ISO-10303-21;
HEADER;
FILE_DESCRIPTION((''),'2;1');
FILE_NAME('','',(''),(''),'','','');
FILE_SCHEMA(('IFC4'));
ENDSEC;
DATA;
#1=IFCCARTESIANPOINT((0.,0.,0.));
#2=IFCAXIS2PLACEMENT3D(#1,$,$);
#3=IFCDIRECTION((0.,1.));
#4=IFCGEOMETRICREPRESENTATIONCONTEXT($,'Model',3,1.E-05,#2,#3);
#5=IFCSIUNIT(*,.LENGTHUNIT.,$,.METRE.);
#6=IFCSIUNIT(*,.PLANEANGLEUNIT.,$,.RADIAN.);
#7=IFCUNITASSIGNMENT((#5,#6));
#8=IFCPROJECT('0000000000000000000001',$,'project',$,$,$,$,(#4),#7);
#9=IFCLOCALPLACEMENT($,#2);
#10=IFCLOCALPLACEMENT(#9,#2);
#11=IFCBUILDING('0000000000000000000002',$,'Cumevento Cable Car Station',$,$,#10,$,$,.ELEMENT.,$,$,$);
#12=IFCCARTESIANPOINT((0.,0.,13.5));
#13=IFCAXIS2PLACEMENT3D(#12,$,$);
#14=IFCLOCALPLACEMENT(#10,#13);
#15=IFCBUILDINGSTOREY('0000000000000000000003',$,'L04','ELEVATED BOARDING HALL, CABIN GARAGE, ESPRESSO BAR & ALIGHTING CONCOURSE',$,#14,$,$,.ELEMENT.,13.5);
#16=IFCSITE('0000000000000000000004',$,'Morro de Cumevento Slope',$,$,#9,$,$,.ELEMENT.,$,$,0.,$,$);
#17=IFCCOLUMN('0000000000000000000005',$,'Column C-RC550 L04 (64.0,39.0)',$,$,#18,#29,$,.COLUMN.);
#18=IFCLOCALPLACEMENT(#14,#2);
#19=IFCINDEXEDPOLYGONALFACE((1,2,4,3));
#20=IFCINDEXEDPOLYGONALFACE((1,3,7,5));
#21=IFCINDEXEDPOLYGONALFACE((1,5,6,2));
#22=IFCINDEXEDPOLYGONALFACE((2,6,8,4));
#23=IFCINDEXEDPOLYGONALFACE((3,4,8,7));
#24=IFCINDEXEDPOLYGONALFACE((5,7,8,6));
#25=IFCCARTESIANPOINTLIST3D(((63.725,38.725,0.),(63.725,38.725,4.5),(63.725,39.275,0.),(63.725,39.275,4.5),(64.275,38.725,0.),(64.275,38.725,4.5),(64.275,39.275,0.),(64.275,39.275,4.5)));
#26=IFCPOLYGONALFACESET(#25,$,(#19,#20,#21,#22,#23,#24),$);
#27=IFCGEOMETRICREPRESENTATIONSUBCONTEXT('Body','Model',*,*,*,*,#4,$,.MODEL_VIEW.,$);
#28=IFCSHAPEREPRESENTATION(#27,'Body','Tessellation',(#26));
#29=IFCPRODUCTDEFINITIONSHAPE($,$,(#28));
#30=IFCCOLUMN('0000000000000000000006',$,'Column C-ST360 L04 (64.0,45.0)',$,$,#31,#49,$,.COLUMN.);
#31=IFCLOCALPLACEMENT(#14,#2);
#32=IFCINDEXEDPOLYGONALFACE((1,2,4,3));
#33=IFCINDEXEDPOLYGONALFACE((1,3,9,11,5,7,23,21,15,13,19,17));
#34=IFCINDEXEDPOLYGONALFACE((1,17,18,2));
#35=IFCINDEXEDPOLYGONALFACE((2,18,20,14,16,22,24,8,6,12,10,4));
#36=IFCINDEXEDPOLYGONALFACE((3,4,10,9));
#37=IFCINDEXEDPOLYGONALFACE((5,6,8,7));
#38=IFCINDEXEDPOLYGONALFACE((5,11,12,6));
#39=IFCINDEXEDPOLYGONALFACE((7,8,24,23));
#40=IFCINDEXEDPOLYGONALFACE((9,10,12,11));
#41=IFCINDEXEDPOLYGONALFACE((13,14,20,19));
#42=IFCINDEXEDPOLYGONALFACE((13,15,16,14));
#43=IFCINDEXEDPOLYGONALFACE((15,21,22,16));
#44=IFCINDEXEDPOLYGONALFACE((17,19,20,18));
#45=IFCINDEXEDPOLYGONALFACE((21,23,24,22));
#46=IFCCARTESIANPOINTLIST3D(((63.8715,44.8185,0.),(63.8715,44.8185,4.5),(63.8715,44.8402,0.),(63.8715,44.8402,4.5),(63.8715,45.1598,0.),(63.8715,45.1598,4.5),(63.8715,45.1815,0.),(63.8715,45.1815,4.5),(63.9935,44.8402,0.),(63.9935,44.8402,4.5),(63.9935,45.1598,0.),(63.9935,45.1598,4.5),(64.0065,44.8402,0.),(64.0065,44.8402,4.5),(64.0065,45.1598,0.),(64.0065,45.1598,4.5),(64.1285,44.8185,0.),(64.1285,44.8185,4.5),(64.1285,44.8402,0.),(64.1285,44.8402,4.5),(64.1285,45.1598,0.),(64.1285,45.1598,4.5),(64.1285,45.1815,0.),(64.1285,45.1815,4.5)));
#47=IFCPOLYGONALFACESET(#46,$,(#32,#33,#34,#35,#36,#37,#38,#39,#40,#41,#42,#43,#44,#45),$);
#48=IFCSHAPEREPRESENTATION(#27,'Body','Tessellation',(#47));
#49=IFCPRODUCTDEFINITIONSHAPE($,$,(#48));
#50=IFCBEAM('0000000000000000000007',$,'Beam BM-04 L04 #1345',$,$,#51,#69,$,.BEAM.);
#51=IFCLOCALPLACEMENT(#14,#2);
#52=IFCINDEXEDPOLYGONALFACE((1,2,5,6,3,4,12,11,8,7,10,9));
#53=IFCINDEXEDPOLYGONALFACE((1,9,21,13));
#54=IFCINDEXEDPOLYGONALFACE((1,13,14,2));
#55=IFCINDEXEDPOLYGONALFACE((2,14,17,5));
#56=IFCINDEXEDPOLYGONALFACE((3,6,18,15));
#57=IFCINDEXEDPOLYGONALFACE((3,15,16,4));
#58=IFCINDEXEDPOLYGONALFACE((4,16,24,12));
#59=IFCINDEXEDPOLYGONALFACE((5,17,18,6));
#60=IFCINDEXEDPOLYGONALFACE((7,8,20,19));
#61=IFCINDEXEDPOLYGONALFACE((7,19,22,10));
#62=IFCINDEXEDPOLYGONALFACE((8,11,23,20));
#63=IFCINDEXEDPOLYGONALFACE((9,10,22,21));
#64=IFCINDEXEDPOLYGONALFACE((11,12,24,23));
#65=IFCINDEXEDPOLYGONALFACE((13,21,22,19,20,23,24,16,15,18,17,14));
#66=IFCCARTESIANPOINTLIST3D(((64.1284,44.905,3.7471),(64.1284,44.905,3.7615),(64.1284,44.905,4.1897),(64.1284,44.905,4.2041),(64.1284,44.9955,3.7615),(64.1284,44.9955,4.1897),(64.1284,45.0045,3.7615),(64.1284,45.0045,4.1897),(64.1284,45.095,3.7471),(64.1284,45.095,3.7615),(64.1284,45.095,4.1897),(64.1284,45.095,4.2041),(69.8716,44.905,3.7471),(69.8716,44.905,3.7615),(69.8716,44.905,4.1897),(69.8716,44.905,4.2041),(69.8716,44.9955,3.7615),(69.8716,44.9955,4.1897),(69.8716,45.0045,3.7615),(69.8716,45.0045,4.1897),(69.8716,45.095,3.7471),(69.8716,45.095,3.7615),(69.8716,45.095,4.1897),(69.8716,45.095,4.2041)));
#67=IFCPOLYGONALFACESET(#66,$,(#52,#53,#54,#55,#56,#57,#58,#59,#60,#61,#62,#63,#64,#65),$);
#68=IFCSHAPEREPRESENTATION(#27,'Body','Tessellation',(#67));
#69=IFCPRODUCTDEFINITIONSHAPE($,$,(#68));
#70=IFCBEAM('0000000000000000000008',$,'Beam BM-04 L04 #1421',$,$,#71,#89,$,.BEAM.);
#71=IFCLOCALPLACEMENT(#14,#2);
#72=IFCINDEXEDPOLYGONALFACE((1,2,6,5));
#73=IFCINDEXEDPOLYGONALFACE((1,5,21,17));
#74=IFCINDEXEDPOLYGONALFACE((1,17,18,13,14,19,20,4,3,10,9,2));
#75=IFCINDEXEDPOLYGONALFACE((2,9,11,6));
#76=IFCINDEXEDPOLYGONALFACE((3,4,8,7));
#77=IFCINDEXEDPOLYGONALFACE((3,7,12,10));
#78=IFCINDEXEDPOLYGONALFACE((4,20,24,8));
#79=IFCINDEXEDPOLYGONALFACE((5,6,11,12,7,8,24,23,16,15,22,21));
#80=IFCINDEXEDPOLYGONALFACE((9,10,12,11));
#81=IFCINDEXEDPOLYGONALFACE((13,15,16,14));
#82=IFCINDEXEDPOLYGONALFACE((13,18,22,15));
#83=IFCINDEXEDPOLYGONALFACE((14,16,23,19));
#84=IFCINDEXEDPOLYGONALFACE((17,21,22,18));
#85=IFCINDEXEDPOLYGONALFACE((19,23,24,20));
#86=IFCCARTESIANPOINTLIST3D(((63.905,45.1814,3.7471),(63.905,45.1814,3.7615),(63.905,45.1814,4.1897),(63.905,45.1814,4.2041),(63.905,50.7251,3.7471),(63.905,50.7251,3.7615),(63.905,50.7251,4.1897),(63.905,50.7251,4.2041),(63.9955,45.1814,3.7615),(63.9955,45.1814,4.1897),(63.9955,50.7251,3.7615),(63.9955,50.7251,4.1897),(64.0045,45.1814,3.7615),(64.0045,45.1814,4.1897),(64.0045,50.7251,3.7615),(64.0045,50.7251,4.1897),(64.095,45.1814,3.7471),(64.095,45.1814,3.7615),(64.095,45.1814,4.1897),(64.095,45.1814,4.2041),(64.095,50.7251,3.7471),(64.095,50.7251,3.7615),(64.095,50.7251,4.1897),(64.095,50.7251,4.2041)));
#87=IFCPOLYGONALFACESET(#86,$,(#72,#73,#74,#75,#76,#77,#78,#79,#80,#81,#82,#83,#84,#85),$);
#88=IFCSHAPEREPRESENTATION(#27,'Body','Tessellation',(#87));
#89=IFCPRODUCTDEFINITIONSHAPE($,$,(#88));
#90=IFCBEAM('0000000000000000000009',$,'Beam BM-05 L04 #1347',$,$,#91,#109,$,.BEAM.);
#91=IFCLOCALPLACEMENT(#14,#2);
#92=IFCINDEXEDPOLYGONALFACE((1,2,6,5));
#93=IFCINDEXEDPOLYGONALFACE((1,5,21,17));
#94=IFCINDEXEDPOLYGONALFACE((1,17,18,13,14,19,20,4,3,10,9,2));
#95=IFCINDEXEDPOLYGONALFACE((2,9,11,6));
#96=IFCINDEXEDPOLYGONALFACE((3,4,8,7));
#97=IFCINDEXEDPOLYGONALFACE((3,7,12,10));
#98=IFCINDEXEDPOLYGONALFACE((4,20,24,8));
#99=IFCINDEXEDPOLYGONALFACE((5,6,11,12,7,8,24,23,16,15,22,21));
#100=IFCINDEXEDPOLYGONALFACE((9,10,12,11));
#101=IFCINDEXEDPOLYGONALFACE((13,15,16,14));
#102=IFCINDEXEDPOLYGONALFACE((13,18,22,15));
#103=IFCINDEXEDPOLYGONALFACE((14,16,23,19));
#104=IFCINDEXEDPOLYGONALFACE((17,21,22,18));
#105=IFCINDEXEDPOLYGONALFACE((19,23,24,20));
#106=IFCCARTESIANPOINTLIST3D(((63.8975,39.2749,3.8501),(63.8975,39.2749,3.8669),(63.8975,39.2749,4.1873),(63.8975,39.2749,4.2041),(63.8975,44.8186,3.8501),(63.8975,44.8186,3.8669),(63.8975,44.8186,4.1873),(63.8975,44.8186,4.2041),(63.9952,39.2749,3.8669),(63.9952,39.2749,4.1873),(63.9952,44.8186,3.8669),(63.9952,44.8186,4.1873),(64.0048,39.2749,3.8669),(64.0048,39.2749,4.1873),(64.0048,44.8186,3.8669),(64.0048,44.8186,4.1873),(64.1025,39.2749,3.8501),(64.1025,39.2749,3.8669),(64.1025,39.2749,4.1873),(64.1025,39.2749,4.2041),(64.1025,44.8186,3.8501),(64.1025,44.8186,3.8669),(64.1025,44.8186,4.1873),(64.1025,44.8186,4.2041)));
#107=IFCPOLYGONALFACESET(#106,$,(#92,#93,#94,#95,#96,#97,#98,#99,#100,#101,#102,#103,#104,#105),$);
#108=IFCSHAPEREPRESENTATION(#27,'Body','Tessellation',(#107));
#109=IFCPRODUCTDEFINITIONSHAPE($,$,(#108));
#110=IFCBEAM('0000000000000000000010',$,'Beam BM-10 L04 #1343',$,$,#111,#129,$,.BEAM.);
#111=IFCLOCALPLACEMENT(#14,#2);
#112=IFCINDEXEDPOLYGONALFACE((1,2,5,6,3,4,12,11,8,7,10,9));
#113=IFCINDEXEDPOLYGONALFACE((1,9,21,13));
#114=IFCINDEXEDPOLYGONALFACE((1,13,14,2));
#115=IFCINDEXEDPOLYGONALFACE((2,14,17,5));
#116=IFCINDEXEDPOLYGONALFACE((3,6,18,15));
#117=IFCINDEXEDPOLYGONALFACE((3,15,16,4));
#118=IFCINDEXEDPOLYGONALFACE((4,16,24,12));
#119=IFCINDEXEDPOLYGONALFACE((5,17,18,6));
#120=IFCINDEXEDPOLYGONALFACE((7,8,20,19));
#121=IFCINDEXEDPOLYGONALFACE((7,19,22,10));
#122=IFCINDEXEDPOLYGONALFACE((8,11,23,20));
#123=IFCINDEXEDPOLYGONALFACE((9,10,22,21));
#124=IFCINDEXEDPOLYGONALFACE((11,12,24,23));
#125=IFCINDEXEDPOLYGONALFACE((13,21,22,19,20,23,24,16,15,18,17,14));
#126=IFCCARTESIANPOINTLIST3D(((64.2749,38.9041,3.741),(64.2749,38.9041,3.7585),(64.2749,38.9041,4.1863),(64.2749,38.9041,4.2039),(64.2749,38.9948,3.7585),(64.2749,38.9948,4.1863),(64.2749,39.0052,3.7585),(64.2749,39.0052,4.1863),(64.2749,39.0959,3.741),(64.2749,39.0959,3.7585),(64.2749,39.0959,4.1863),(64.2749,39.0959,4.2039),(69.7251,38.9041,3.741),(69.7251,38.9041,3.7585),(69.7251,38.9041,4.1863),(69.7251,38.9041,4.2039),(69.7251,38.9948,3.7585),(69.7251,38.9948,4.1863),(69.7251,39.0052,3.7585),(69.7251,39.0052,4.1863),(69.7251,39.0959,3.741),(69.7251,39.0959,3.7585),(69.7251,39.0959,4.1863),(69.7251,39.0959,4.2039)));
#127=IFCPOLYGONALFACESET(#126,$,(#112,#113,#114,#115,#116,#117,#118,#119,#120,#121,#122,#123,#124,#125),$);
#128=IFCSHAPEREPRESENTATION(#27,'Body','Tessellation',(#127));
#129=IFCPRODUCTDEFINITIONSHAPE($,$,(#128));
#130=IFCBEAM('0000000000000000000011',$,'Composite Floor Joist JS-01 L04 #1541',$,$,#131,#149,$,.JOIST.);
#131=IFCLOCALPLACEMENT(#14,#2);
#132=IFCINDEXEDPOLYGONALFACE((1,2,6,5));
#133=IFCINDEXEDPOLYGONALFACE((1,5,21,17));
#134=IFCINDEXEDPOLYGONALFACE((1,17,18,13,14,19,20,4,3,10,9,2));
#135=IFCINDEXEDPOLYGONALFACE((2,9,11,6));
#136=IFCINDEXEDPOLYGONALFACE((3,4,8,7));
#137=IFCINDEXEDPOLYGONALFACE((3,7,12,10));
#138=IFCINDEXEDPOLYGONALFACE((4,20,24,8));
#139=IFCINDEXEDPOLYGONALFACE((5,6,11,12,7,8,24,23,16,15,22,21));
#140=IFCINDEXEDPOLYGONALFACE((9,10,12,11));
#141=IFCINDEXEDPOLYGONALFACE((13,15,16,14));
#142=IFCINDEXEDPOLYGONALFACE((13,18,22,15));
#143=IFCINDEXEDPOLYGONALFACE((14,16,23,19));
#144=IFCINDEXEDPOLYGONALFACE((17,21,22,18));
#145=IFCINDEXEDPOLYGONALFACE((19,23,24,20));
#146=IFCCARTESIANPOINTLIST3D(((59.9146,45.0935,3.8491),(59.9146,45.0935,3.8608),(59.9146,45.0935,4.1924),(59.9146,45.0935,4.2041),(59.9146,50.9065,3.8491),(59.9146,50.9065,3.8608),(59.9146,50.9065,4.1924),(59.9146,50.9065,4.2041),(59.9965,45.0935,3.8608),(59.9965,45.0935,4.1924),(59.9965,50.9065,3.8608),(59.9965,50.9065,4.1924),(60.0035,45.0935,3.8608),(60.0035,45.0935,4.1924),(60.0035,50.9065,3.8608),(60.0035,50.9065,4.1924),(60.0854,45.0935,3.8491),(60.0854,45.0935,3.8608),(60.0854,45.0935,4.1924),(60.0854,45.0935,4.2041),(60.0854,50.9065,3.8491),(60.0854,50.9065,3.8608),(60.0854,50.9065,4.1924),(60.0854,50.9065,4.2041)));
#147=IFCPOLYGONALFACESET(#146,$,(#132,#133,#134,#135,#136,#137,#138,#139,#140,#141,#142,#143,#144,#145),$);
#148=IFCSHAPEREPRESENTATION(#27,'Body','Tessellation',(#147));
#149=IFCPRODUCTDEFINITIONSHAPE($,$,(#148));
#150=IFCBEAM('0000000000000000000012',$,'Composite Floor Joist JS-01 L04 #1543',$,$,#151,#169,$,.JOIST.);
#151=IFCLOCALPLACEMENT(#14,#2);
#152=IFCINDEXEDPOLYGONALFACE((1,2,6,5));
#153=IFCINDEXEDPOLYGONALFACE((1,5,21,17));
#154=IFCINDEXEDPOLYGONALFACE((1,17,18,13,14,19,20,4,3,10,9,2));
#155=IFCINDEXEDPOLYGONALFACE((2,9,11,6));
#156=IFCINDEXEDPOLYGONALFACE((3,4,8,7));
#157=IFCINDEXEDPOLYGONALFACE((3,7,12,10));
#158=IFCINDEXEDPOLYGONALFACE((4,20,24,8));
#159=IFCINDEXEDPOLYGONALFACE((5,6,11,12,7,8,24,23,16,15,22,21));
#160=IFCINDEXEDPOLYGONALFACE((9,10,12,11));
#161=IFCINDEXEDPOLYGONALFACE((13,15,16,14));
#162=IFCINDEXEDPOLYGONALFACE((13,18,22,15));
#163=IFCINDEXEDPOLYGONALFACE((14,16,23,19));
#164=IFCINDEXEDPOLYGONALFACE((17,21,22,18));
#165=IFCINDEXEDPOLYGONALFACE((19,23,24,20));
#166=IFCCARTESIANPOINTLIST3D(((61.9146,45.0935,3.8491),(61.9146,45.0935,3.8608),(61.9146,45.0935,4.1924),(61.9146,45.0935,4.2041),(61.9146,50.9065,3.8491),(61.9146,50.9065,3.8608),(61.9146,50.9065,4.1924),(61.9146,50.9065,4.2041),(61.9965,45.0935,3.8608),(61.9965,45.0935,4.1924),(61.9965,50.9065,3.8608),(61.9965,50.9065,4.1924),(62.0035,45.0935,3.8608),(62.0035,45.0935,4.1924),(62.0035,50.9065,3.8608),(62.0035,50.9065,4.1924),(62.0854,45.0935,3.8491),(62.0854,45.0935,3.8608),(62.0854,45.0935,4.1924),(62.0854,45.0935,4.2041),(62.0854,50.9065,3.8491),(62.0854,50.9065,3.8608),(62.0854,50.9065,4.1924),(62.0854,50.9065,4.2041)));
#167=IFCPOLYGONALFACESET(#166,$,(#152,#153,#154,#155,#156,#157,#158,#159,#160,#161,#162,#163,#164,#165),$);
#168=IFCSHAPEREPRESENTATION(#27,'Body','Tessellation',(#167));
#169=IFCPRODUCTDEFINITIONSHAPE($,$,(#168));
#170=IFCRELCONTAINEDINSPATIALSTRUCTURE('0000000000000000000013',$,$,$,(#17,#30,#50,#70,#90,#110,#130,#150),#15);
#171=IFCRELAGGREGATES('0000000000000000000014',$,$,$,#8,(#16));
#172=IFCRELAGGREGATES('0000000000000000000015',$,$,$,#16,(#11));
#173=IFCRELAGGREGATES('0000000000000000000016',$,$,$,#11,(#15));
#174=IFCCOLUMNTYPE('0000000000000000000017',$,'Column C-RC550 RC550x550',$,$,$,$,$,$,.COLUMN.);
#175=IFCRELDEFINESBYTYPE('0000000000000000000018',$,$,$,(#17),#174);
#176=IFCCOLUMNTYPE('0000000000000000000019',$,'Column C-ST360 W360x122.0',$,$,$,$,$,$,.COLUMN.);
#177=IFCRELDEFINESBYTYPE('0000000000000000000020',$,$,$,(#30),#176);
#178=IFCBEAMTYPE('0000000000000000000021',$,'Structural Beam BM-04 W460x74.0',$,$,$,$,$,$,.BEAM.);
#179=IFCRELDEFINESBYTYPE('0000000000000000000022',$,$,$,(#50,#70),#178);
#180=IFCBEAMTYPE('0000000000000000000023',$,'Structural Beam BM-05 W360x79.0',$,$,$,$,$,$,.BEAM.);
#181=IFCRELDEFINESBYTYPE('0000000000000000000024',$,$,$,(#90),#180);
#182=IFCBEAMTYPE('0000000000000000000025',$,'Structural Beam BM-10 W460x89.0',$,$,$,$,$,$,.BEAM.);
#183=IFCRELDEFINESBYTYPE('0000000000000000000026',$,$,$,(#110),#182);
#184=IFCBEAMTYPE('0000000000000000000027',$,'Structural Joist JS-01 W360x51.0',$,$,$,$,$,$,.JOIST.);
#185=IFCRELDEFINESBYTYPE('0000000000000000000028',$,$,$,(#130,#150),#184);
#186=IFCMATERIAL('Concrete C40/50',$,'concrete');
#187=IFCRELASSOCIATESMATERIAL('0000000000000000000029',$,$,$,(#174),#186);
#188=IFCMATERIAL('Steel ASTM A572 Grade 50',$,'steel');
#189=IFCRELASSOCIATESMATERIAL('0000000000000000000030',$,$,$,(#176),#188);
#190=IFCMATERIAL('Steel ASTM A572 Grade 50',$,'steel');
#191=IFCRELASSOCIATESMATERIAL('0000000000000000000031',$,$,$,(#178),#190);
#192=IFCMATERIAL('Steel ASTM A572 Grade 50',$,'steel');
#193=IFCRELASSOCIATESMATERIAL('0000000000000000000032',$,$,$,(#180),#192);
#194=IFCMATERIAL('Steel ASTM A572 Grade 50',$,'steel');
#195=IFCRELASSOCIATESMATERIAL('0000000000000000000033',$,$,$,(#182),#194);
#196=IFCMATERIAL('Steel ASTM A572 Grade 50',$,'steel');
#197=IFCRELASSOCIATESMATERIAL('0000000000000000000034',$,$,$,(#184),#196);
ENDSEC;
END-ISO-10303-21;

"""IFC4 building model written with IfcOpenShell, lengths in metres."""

from ifc_helpers import new_model, si_unit, direction, frame, origin, origin_2d, place, context, subcontext, project, spatial, rectangle, i_section, extrude, material, material_profile, profile_set, type_object, element, save


model = new_model("IFC4")

# Units and contexts
model_context = context("Model", 3, precision=1e-05, world=origin(), true_north=direction((0.0, 1.0)))
body_context = subcontext(model_context, "Body", "Model", "MODEL_VIEW")
ifc_project = project(units=[si_unit("LENGTHUNIT", "METRE"), si_unit("PLANEANGLEUNIT", "RADIAN")], contexts=[model_context])

# Site, building, storey
site_placement = place(None, origin())
site = spatial("IfcSite", under=ifc_project, at=site_placement, Name="Morro de Cumevento Slope", CompositionType="ELEMENT", RefElevation=0.0)
building_placement = place(site_placement, origin())
building = spatial("IfcBuilding", under=site, at=building_placement, Name="Cumevento Cable Car Station", CompositionType="ELEMENT")
storey_placement = place(building_placement, frame((0.0, 0.0, 13.5)))
storey = spatial("IfcBuildingStorey", under=building, at=storey_placement, Name="L04", Description="ELEVATED BOARDING HALL, CABIN GARAGE, ESPRESSO BAR & ALIGHTING CONCOURSE", CompositionType="ELEMENT", Elevation=13.5)

# Columns
ifc_material_1 = material(Name="Concrete C40/50", Category="concrete")
ifc_material_profile_1 = material_profile(ifc_material_1, rectangle(XDim=0.55, YDim=0.55, at=origin_2d()), Name="RC550x550")
ifc_profile_set_1 = profile_set([ifc_material_profile_1], Name="Concrete C40/50")
column_type_1 = type_object("IfcColumnType", Name="Column C-RC550 RC550x550", PredefinedType="COLUMN", material=ifc_profile_set_1)
column_1_placement = place(storey_placement, frame((64.0, 39.0, 0.0), z_axis=(0.0, 0.0, 1.0), x_axis=(1.0, 0.0, 0.0)))
element("IfcColumn", 1, at=column_1_placement, inside=storey, type_object=column_type_1, Name="Column C-RC550 L04 (64.0,39.0)", PredefinedType="COLUMN", context=body_context, shape_type="SweptSolid", body=[
    extrude(rectangle(XDim=0.55, YDim=0.55, at=origin_2d()), origin(), (0.0, 0.0, 1.0), 4.5),
])
ifc_material_2 = material(Name="Steel ASTM A572 Grade 50", Category="steel")
ifc_material_profile_2 = material_profile(ifc_material_2, i_section(OverallWidth=0.2571, OverallDepth=0.363, WebThickness=0.0129, FlangeThickness=0.0217, at=origin_2d()), Name="W360x122.0")
ifc_profile_set_2 = profile_set([ifc_material_profile_2], Name="Steel ASTM A572 Grade 50")
column_type_2 = type_object("IfcColumnType", Name="Column C-ST360 W360x122.0", PredefinedType="COLUMN", material=ifc_profile_set_2)
column_2_placement = place(storey_placement, frame((64.0, 45.0, 0.0), z_axis=(0.0, 0.0, 1.0), x_axis=(1.0, 0.0, 0.0)))
element("IfcColumn", 2, at=column_2_placement, inside=storey, type_object=column_type_2, Name="Column C-ST360 L04 (64.0,45.0)", PredefinedType="COLUMN", context=body_context, shape_type="SweptSolid", body=[
    extrude(i_section(OverallWidth=0.2571, OverallDepth=0.363, WebThickness=0.0129, FlangeThickness=0.0217, at=origin_2d()), origin(), (0.0, 0.0, 1.0), 4.5),
])

# Beams
ifc_material_3 = material(Name="Steel ASTM A572 Grade 50", Category="steel")
ifc_material_profile_3 = material_profile(ifc_material_3, i_section(OverallWidth=0.1899, OverallDepth=0.457, WebThickness=0.009, FlangeThickness=0.0144, at=origin_2d()), Name="W460x74.0")
ifc_profile_set_3 = profile_set([ifc_material_profile_3], Name="Steel ASTM A572 Grade 50")
beam_type_1 = type_object("IfcBeamType", Name="Structural Beam BM-04 W460x74.0", PredefinedType="BEAM", material=ifc_profile_set_3)
beam_1_placement = place(storey_placement, frame((64.1284, 45.0, 3.9756), z_axis=(1.0, 0.0, 0.0), x_axis=(0.0, 1.0, 0.0)))
element("IfcBeam", 3, at=beam_1_placement, inside=storey, type_object=beam_type_1, Name="Beam BM-04 L04 #1345", PredefinedType="BEAM", context=body_context, shape_type="SweptSolid", body=[
    extrude(i_section(OverallWidth=0.1899, OverallDepth=0.457, WebThickness=0.009, FlangeThickness=0.0144, at=origin_2d()), origin(), (0.0, 0.0, 1.0), 5.7432),
])
beam_2_placement = place(storey_placement, frame((64.0, 45.1814, 3.9756), z_axis=(0.0, 1.0, 0.0), x_axis=(-1.0, 0.0, 0.0)))
element("IfcBeam", 4, at=beam_2_placement, inside=storey, type_object=beam_type_1, Name="Beam BM-04 L04 #1421", PredefinedType="BEAM", context=body_context, shape_type="SweptSolid", body=[
    extrude(i_section(OverallWidth=0.1899, OverallDepth=0.457, WebThickness=0.009, FlangeThickness=0.0144, at=origin_2d()), origin(), (0.0, 0.0, 1.0), 5.5437),
])
ifc_material_4 = material(Name="Steel ASTM A572 Grade 50", Category="steel")
ifc_material_profile_4 = material_profile(ifc_material_4, i_section(OverallWidth=0.2051, OverallDepth=0.354, WebThickness=0.0095, FlangeThickness=0.0168, at=origin_2d()), Name="W360x79.0")
ifc_profile_set_4 = profile_set([ifc_material_profile_4], Name="Steel ASTM A572 Grade 50")
beam_type_2 = type_object("IfcBeamType", Name="Structural Beam BM-05 W360x79.0", PredefinedType="BEAM", material=ifc_profile_set_4)
beam_3_placement = place(storey_placement, frame((64.0, 39.2749, 4.0271), z_axis=(0.0, 1.0, 0.0), x_axis=(-1.0, 0.0, 0.0)))
element("IfcBeam", 5, at=beam_3_placement, inside=storey, type_object=beam_type_2, Name="Beam BM-05 L04 #1347", PredefinedType="BEAM", context=body_context, shape_type="SweptSolid", body=[
    extrude(i_section(OverallWidth=0.2051, OverallDepth=0.354, WebThickness=0.0095, FlangeThickness=0.0168, at=origin_2d()), origin(), (0.0, 0.0, 1.0), 5.5437),
])
ifc_material_5 = material(Name="Steel ASTM A572 Grade 50", Category="steel")
ifc_material_profile_5 = material_profile(ifc_material_5, i_section(OverallWidth=0.1919, OverallDepth=0.4629, WebThickness=0.0105, FlangeThickness=0.0176, at=origin_2d()), Name="W460x89.0")
ifc_profile_set_5 = profile_set([ifc_material_profile_5], Name="Steel ASTM A572 Grade 50")
beam_type_3 = type_object("IfcBeamType", Name="Structural Beam BM-10 W460x89.0", PredefinedType="BEAM", material=ifc_profile_set_5)
beam_4_placement = place(storey_placement, frame((64.2749, 39.0, 3.9724), z_axis=(1.0, 0.0, 0.0), x_axis=(0.0, 1.0, 0.0)))
element("IfcBeam", 6, at=beam_4_placement, inside=storey, type_object=beam_type_3, Name="Beam BM-10 L04 #1343", PredefinedType="BEAM", context=body_context, shape_type="SweptSolid", body=[
    extrude(i_section(OverallWidth=0.1919, OverallDepth=0.4629, WebThickness=0.0105, FlangeThickness=0.0176, at=origin_2d()), origin(), (0.0, 0.0, 1.0), 5.4502),
])
ifc_material_6 = material(Name="Steel ASTM A572 Grade 50", Category="steel")
ifc_material_profile_6 = material_profile(ifc_material_6, i_section(OverallWidth=0.1709, OverallDepth=0.355, WebThickness=0.0071, FlangeThickness=0.0117, at=origin_2d()), Name="W360x51.0")
ifc_profile_set_6 = profile_set([ifc_material_profile_6], Name="Steel ASTM A572 Grade 50")
beam_type_4 = type_object("IfcBeamType", Name="Structural Joist JS-01 W360x51.0", PredefinedType="JOIST", material=ifc_profile_set_6)
for number, where, z_axis, x_axis, name in (
    (7, (60.0, 45.0935, 4.0266), (0.0, 1.0, 0.0), (-1.0, 0.0, 0.0), "Composite Floor Joist JS-01 L04 #1541"),
    (8, (62.0, 45.0935, 4.0266), (0.0, 1.0, 0.0), (-1.0, 0.0, 0.0), "Composite Floor Joist JS-01 L04 #1543"),
):
    element("IfcBeam", number, at=place(storey_placement, frame(where, z_axis=z_axis, x_axis=x_axis)), inside=storey, type_object=beam_type_4, Name=name, PredefinedType="JOIST", context=body_context, shape_type="SweptSolid", body=[
        extrude(i_section(OverallWidth=0.1709, OverallDepth=0.355, WebThickness=0.0071, FlangeThickness=0.0117, at=origin_2d()), origin(), (0.0, 0.0, 1.0), 5.813),
    ])

save(model, "model.ifc")
